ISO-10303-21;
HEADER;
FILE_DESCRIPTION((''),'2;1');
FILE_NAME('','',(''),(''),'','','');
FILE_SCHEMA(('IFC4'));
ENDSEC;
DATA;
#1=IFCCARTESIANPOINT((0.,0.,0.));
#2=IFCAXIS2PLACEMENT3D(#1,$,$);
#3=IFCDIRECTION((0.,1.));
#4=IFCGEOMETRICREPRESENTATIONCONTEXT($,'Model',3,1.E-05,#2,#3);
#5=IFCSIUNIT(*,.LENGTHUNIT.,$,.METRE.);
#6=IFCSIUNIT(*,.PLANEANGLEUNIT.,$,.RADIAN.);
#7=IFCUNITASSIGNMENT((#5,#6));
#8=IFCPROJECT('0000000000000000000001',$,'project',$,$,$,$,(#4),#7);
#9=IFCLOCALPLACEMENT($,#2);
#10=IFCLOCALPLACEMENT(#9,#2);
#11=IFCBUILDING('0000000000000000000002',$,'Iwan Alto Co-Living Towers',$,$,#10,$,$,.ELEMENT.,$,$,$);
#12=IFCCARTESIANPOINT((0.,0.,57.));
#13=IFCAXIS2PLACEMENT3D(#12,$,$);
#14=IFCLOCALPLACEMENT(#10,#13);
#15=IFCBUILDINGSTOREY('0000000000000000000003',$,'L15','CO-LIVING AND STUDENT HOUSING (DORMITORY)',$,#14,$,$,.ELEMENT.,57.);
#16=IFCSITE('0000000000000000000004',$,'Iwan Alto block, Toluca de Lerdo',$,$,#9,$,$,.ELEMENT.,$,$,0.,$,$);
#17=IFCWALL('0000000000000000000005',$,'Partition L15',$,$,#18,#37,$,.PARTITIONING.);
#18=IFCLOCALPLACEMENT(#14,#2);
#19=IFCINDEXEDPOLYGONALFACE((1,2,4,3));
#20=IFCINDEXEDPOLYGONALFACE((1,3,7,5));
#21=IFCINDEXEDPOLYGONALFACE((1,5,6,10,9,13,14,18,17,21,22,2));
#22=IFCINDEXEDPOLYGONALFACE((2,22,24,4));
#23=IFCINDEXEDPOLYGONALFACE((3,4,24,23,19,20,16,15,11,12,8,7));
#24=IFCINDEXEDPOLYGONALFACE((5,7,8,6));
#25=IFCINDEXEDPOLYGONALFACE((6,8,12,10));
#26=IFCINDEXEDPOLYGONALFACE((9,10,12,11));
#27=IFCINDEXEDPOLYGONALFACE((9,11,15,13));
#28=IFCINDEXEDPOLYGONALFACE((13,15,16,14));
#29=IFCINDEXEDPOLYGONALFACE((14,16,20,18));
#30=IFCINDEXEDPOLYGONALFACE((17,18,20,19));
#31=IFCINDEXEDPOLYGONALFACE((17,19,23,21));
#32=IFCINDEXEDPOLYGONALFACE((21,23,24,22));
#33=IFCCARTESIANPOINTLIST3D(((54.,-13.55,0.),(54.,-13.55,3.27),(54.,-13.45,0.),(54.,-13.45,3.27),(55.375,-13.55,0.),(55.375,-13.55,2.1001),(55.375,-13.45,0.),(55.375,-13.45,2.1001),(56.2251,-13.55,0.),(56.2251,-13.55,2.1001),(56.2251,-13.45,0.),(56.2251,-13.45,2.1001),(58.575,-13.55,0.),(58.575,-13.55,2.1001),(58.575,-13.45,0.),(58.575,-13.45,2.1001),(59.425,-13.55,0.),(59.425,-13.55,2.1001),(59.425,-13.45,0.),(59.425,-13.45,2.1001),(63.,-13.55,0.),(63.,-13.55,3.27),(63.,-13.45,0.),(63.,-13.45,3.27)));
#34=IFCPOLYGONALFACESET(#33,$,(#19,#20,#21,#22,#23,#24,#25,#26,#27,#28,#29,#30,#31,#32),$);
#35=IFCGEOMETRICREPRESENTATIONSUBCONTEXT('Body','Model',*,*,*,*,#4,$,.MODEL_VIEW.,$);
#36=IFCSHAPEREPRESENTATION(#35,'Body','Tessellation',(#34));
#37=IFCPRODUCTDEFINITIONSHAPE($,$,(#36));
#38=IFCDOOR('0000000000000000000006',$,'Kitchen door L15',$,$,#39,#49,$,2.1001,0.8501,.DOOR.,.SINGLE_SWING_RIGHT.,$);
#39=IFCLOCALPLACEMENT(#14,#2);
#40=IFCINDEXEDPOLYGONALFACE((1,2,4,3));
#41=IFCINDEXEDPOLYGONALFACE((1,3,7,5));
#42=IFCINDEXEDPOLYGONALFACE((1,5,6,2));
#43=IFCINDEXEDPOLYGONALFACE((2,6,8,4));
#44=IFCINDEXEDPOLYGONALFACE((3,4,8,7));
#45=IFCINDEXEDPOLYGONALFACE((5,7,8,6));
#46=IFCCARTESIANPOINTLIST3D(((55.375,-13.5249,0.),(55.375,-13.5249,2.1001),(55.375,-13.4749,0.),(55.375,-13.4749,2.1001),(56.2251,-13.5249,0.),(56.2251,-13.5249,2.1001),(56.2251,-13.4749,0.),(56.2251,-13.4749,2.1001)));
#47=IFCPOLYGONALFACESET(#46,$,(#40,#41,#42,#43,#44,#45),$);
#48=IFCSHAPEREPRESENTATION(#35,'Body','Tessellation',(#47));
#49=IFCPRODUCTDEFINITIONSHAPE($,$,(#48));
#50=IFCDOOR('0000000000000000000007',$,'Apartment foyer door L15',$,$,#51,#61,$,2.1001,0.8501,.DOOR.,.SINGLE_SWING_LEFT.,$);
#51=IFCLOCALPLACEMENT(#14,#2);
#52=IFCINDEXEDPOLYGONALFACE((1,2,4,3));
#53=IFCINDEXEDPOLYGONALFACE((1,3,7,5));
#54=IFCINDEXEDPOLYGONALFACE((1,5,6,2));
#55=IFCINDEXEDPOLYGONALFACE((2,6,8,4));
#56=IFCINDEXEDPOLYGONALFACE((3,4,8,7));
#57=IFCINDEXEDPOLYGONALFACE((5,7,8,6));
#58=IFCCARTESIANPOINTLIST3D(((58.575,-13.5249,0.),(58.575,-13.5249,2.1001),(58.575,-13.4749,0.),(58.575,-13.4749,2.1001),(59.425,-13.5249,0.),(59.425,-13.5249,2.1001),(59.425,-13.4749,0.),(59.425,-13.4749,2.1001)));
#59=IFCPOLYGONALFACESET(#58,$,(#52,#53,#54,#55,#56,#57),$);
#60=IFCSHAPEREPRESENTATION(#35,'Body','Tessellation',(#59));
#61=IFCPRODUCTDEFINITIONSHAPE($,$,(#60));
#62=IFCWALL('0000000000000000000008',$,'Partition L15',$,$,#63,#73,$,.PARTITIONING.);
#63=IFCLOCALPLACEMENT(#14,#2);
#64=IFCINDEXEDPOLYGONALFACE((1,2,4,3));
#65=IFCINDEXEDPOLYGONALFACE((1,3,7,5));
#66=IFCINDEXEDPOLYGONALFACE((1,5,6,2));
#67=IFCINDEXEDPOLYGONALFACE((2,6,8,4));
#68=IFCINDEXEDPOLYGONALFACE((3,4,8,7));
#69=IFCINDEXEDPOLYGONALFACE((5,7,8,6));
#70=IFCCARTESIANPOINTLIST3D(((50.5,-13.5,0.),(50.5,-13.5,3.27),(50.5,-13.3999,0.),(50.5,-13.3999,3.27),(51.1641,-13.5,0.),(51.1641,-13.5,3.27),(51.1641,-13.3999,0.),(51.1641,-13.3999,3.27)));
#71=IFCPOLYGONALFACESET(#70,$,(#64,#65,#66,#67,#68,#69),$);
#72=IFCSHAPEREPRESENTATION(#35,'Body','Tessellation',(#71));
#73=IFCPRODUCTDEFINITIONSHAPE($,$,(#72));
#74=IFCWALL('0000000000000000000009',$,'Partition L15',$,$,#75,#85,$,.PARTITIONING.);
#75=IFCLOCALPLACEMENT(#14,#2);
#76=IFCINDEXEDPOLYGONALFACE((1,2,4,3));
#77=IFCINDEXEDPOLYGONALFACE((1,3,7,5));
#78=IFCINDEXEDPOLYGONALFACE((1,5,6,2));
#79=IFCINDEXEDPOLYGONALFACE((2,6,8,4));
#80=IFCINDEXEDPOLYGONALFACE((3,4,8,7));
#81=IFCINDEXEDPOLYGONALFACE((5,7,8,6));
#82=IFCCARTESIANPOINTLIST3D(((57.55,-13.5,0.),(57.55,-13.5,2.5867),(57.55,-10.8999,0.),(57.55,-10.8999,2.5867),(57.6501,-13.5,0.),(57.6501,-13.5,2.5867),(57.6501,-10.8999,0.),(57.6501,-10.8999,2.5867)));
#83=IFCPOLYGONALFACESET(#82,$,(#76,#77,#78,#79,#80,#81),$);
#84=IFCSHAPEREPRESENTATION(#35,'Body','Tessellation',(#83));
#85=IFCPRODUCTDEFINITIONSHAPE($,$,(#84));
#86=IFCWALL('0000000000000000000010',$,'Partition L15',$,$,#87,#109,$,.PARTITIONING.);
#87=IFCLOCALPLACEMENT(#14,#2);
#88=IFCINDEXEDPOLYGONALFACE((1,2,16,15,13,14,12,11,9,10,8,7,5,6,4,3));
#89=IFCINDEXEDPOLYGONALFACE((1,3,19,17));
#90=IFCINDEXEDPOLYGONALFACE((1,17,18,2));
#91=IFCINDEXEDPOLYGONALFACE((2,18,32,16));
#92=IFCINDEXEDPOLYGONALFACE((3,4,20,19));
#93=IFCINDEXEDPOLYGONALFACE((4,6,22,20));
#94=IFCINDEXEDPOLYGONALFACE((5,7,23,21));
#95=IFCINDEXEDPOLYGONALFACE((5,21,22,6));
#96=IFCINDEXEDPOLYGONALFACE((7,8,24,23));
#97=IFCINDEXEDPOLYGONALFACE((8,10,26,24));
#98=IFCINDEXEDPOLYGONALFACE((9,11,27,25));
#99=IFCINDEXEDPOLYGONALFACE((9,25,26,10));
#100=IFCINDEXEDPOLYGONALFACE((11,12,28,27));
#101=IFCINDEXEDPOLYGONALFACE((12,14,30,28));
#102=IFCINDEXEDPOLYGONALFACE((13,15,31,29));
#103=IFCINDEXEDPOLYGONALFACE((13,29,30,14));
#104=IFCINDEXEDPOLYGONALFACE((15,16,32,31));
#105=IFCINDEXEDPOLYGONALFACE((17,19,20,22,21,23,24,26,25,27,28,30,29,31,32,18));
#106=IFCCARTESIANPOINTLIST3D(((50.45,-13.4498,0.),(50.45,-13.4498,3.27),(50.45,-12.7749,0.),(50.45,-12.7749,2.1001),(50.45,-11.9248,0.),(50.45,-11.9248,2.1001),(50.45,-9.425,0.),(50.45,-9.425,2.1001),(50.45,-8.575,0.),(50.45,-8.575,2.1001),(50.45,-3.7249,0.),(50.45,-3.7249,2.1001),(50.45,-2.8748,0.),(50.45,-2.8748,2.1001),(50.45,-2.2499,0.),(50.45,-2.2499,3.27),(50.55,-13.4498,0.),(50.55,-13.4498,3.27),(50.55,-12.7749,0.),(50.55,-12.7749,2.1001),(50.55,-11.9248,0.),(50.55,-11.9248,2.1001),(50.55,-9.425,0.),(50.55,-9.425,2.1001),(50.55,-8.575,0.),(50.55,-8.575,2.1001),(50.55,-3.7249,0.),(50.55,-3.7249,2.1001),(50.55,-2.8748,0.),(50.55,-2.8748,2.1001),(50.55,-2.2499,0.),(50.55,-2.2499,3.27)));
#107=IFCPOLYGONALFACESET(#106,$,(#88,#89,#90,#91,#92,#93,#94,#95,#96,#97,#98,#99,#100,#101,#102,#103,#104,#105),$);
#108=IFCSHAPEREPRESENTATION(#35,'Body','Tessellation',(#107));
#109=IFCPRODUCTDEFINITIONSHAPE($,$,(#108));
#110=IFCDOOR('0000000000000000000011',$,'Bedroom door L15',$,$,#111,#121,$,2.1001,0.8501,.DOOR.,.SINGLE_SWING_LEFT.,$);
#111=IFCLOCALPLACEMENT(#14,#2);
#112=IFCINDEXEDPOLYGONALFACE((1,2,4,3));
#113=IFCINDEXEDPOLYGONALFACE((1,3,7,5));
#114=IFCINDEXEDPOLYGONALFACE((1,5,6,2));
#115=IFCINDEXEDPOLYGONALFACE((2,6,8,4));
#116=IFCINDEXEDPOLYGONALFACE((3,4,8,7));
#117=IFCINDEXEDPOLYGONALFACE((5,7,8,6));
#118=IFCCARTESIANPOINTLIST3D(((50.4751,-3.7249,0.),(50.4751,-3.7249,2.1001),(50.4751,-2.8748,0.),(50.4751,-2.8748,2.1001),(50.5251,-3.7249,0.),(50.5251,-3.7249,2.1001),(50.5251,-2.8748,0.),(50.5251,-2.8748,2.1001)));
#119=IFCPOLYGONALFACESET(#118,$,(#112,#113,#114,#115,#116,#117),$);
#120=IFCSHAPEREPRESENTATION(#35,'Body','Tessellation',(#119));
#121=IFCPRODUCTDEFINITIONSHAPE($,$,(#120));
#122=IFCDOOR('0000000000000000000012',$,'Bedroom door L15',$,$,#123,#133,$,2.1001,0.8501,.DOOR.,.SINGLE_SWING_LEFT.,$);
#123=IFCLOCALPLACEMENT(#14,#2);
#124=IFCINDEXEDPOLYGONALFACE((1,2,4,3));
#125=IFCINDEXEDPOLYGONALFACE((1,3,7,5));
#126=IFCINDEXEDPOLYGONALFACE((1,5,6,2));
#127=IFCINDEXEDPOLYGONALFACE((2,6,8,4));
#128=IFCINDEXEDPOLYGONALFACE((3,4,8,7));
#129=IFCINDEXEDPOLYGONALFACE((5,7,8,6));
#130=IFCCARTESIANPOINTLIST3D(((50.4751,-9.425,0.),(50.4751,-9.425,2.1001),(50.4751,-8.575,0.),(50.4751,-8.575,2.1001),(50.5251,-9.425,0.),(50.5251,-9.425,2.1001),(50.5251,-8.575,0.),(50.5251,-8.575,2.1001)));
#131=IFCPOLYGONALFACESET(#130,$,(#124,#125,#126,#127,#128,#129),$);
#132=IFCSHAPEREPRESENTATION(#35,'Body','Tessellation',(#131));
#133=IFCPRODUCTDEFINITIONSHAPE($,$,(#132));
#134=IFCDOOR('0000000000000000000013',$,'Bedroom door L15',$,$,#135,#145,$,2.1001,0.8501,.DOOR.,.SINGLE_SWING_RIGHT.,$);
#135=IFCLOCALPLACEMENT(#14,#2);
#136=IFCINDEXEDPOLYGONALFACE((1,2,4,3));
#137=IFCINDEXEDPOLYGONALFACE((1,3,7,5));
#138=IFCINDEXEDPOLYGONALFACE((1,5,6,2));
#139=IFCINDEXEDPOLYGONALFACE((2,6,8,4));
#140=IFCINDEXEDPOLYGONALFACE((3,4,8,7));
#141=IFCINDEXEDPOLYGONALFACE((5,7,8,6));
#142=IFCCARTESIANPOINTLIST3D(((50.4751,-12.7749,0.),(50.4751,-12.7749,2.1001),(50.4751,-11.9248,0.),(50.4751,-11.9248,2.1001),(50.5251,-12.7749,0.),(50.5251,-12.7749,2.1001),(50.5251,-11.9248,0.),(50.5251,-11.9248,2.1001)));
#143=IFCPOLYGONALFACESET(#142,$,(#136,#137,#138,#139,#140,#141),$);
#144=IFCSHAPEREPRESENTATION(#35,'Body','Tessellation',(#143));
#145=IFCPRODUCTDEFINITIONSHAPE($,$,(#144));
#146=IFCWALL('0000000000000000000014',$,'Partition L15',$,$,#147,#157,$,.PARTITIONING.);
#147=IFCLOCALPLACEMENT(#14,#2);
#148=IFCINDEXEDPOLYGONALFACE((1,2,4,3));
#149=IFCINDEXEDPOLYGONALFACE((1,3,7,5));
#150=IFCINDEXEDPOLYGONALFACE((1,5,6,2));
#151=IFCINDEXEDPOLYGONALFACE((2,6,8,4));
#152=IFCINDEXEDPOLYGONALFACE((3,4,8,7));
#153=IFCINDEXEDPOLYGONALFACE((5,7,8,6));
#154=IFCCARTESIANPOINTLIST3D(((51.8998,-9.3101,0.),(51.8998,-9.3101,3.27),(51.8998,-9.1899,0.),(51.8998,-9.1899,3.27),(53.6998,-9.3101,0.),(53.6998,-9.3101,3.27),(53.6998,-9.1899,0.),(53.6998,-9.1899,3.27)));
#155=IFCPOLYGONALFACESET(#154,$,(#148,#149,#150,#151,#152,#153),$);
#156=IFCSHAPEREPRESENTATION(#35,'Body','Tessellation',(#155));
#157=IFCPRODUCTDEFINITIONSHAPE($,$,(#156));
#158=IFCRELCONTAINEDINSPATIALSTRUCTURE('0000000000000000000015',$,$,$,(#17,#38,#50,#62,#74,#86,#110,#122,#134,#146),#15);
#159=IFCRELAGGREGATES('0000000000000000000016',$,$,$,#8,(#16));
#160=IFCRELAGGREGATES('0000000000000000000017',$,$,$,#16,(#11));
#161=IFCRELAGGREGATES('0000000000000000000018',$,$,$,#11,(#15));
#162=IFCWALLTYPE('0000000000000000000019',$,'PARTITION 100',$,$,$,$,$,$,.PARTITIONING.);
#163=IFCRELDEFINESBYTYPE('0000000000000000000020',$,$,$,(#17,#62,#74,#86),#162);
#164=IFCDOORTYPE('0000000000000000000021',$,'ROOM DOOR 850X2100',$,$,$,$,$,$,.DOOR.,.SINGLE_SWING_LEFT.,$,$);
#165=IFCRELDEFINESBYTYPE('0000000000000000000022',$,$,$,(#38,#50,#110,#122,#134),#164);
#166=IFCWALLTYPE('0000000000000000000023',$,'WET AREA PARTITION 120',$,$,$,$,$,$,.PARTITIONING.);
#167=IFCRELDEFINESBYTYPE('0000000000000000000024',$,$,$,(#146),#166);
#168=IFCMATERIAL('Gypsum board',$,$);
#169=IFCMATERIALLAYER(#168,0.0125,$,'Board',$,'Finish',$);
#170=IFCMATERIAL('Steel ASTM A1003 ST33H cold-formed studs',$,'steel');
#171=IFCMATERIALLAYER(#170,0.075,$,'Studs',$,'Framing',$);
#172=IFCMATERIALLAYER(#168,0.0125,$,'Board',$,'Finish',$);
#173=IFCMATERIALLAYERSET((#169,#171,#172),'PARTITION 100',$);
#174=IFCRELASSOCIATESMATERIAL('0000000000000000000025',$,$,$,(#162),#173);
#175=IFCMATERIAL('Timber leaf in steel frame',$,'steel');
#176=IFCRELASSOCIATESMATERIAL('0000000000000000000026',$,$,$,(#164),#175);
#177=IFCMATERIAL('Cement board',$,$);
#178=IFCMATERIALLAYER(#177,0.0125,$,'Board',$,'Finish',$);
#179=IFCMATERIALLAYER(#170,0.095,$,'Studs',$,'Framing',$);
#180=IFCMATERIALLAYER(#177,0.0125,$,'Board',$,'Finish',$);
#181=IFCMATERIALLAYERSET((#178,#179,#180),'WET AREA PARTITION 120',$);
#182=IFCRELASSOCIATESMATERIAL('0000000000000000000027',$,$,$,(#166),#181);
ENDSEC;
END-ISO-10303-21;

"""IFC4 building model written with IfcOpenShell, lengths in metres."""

from ifc_helpers import new_model, si_unit, direction, frame, frame_2d, origin, place, context, subcontext, project, spatial, rectangle, extrude, material, layer, layer_set, type_object, element, fill, save


model = new_model("IFC4")

# Units and contexts
model_context = context("Model", 3, precision=1e-05, world=origin(), true_north=direction((0.0, 1.0)))
body_context = subcontext(model_context, "Body", "Model", "MODEL_VIEW")
ifc_project = project(units=[si_unit("LENGTHUNIT", "METRE"), si_unit("PLANEANGLEUNIT", "RADIAN")], contexts=[model_context])

# Site, building, storey
site_placement = place(None, origin())
site = spatial("IfcSite", under=ifc_project, at=site_placement, Name="Iwan Alto block, Toluca de Lerdo", CompositionType="ELEMENT", RefElevation=0.0)
building_placement = place(site_placement, origin())
building = spatial("IfcBuilding", under=site, at=building_placement, Name="Iwan Alto Co-Living Towers", CompositionType="ELEMENT")
storey_placement = place(building_placement, frame((0.0, 0.0, 57.0)))
storey = spatial("IfcBuildingStorey", under=building, at=storey_placement, Name="L15", Description="CO-LIVING AND STUDENT HOUSING (DORMITORY)", CompositionType="ELEMENT", Elevation=57.0)

# Wall, openings, doors
ifc_material_1 = material(Name="Gypsum board")
ifc_material_2 = material(Name="Steel ASTM A1003 ST33H cold-formed studs", Category="steel")
ifc_layer_1 = layer(ifc_material_1, 0.0125, Name="Board", Category="Finish")
ifc_layer_2 = layer(ifc_material_2, 0.075, Name="Studs", Category="Framing")
ifc_layer_3 = layer(ifc_material_1, 0.0125, Name="Board", Category="Finish")
ifc_layer_set_1 = layer_set([ifc_layer_1, ifc_layer_2, ifc_layer_3], Name="PARTITION 100")
wall_type_1 = type_object("IfcWallType", Name="PARTITION 100", PredefinedType="PARTITIONING", material=ifc_layer_set_1)
wall_1_placement = place(storey_placement, frame((54.0, -13.5, 0.0), z_axis=(0.0, 0.0, 1.0), x_axis=(1.0, 0.0, 0.0)))
wall_1 = element("IfcWall", 1, at=wall_1_placement, inside=storey, type_object=wall_type_1, Name="Partition L15", PredefinedType="PARTITIONING", context=body_context, shape_type="SweptSolid", body=[
    extrude(rectangle(XDim=9.0, YDim=0.1001, at=frame_2d((4.5, 0.0))), origin(), (0.0, 0.0, 1.0), 3.27),
])
opening_1_placement = place(wall_1_placement, frame((1.375, 0.0, 0.0)))
opening_1 = element("IfcOpeningElement", 2, at=opening_1_placement, cuts=wall_1, PredefinedType="OPENING", context=body_context, shape_type="SweptSolid", body=[
    extrude(rectangle(XDim=0.8501, YDim=2.1001, at=frame_2d((0.425, 1.05))), frame((0.0, 0.0601, 0.0), z_axis=(0.0, -1.0, 0.0), x_axis=(1.0, 0.0, 0.0)), (0.0, 0.0, 1.0), 0.1201),
])
opening_2_placement = place(wall_1_placement, frame((4.575, 0.0, 0.0)))
opening_2 = element("IfcOpeningElement", 3, at=opening_2_placement, cuts=wall_1, PredefinedType="OPENING", context=body_context, shape_type="SweptSolid", body=[
    extrude(rectangle(XDim=0.8501, YDim=2.1001, at=frame_2d((0.425, 1.05))), frame((0.0, 0.0601, 0.0), z_axis=(0.0, -1.0, 0.0), x_axis=(1.0, 0.0, 0.0)), (0.0, 0.0, 1.0), 0.1201),
])
ifc_material_3 = material(Name="Timber leaf in steel frame", Category="steel")
door_type_1 = type_object("IfcDoorType", Name="ROOM DOOR 850X2100", OperationType="SINGLE_SWING_LEFT", PredefinedType="DOOR", material=ifc_material_3)
door_1_placement = place(opening_1_placement, frame((0.8501, 0.0, 0.0), z_axis=(0.0, 0.0, 1.0), x_axis=(-1.0, 0.0, 0.0)))
door_1 = element("IfcDoor", 4, at=door_1_placement, inside=storey, type_object=door_type_1, Name="Kitchen door L15", OperationType="SINGLE_SWING_RIGHT", OverallHeight=2.1001, OverallWidth=0.8501, PredefinedType="DOOR", context=body_context, shape_type="SweptSolid", body=[
    extrude(rectangle(XDim=0.8501, YDim=2.1001, at=frame_2d((0.425, 1.05))), frame((0.0, 0.0249, 0.0), z_axis=(0.0, -1.0, 0.0), x_axis=(1.0, 0.0, 0.0)), (0.0, 0.0, 1.0), 0.05),
])
fill(opening_1, door_1)
door_2_placement = place(opening_2_placement, frame((0.8501, 0.0, 0.0), z_axis=(0.0, 0.0, 1.0), x_axis=(-1.0, 0.0, 0.0)))
door_2 = element("IfcDoor", 5, at=door_2_placement, inside=storey, type_object=door_type_1, Name="Apartment foyer door L15", OperationType="SINGLE_SWING_LEFT", OverallHeight=2.1001, OverallWidth=0.8501, PredefinedType="DOOR", context=body_context, shape_type="SweptSolid", body=[
    extrude(rectangle(XDim=0.8501, YDim=2.1001, at=frame_2d((0.425, 1.05))), frame((0.0, 0.0249, 0.0), z_axis=(0.0, -1.0, 0.0), x_axis=(1.0, 0.0, 0.0)), (0.0, 0.0, 1.0), 0.05),
])
fill(opening_2, door_2)

# Walls
wall_2_placement = place(storey_placement, frame((50.5, -13.45, 0.0), z_axis=(0.0, 0.0, 1.0), x_axis=(1.0, 0.0, 0.0)))
element("IfcWall", 6, at=wall_2_placement, inside=storey, type_object=wall_type_1, Name="Partition L15", PredefinedType="PARTITIONING", context=body_context, shape_type="SweptSolid", body=[
    extrude(rectangle(XDim=0.6641, YDim=0.1001, at=frame_2d((0.332, 0.0))), origin(), (0.0, 0.0, 1.0), 3.27),
])
wall_3_placement = place(storey_placement, frame((57.6001, -13.5, 0.0), z_axis=(0.0, 0.0, 1.0), x_axis=(0.0, 1.0, 0.0)))
element("IfcWall", 7, at=wall_3_placement, inside=storey, type_object=wall_type_1, Name="Partition L15", PredefinedType="PARTITIONING", context=body_context, shape_type="SweptSolid", body=[
    extrude(rectangle(XDim=2.6001, YDim=0.1001, at=frame_2d((1.3, 0.0))), origin(), (0.0, 0.0, 1.0), 2.5867),
])

# Wall, openings, doors
wall_4_placement = place(storey_placement, frame((50.5, -13.45, 0.0), z_axis=(0.0, 0.0, 1.0), x_axis=(0.0, 1.0, 0.0)))
wall_4 = element("IfcWall", 8, at=wall_4_placement, inside=storey, type_object=wall_type_1, Name="Partition L15", PredefinedType="PARTITIONING", context=body_context, shape_type="SweptSolid", body=[
    extrude(rectangle(XDim=11.2, YDim=0.1001, at=frame_2d((5.6001, 0.0))), origin(), (0.0, 0.0, 1.0), 3.27),
])
opening_3_placement = place(wall_4_placement, frame((9.7251, 0.0, 0.0)))
opening_3 = element("IfcOpeningElement", 9, at=opening_3_placement, cuts=wall_4, PredefinedType="OPENING", context=body_context, shape_type="SweptSolid", body=[
    extrude(rectangle(XDim=0.8501, YDim=2.1001, at=frame_2d((0.425, 1.05))), frame((0.0, 0.0601, 0.0), z_axis=(0.0, -1.0, 0.0), x_axis=(1.0, 0.0, 0.0)), (0.0, 0.0, 1.0), 0.1201),
])
opening_4_placement = place(wall_4_placement, frame((4.0249, 0.0, 0.0)))
opening_4 = element("IfcOpeningElement", 10, at=opening_4_placement, cuts=wall_4, PredefinedType="OPENING", context=body_context, shape_type="SweptSolid", body=[
    extrude(rectangle(XDim=0.8501, YDim=2.1001, at=frame_2d((0.425, 1.05))), frame((0.0, 0.0601, 0.0), z_axis=(0.0, -1.0, 0.0), x_axis=(1.0, 0.0, 0.0)), (0.0, 0.0, 1.0), 0.1201),
])
opening_5_placement = place(wall_4_placement, frame((0.675, 0.0, 0.0)))
opening_5 = element("IfcOpeningElement", 11, at=opening_5_placement, cuts=wall_4, PredefinedType="OPENING", context=body_context, shape_type="SweptSolid", body=[
    extrude(rectangle(XDim=0.8501, YDim=2.1001, at=frame_2d((0.425, 1.05))), frame((0.0, 0.0601, 0.0), z_axis=(0.0, -1.0, 0.0), x_axis=(1.0, 0.0, 0.0)), (0.0, 0.0, 1.0), 0.1201),
])
door_3_placement = place(opening_3_placement, origin())
door_3 = element("IfcDoor", 12, at=door_3_placement, inside=storey, type_object=door_type_1, Name="Bedroom door L15", OperationType="SINGLE_SWING_LEFT", OverallHeight=2.1001, OverallWidth=0.8501, PredefinedType="DOOR", context=body_context, shape_type="SweptSolid", body=[
    extrude(rectangle(XDim=0.8501, YDim=2.1001, at=frame_2d((0.425, 1.05))), frame((0.0, 0.0249, 0.0), z_axis=(0.0, -1.0, 0.0), x_axis=(1.0, 0.0, 0.0)), (0.0, 0.0, 1.0), 0.05),
])
fill(opening_3, door_3)
door_4_placement = place(opening_4_placement, origin())
door_4 = element("IfcDoor", 13, at=door_4_placement, inside=storey, type_object=door_type_1, Name="Bedroom door L15", OperationType="SINGLE_SWING_LEFT", OverallHeight=2.1001, OverallWidth=0.8501, PredefinedType="DOOR", context=body_context, shape_type="SweptSolid", body=[
    extrude(rectangle(XDim=0.8501, YDim=2.1001, at=frame_2d((0.425, 1.05))), frame((0.0, 0.0249, 0.0), z_axis=(0.0, -1.0, 0.0), x_axis=(1.0, 0.0, 0.0)), (0.0, 0.0, 1.0), 0.05),
])
fill(opening_4, door_4)
door_5_placement = place(opening_5_placement, origin())
door_5 = element("IfcDoor", 14, at=door_5_placement, inside=storey, type_object=door_type_1, Name="Bedroom door L15", OperationType="SINGLE_SWING_RIGHT", OverallHeight=2.1001, OverallWidth=0.8501, PredefinedType="DOOR", context=body_context, shape_type="SweptSolid", body=[
    extrude(rectangle(XDim=0.8501, YDim=2.1001, at=frame_2d((0.425, 1.05))), frame((0.0, 0.0249, 0.0), z_axis=(0.0, -1.0, 0.0), x_axis=(1.0, 0.0, 0.0)), (0.0, 0.0, 1.0), 0.05),
])
fill(opening_5, door_5)

# Wall
ifc_material_4 = material(Name="Cement board")
ifc_layer_4 = layer(ifc_material_4, 0.0125, Name="Board", Category="Finish")
ifc_layer_5 = layer(ifc_material_2, 0.095, Name="Studs", Category="Framing")
ifc_layer_6 = layer(ifc_material_4, 0.0125, Name="Board", Category="Finish")
ifc_layer_set_2 = layer_set([ifc_layer_4, ifc_layer_5, ifc_layer_6], Name="WET AREA PARTITION 120")
wall_type_2 = type_object("IfcWallType", Name="WET AREA PARTITION 120", PredefinedType="PARTITIONING", material=ifc_layer_set_2)
wall_5_placement = place(storey_placement, frame((51.8999, -9.25, 0.0), z_axis=(0.0, 0.0, 1.0), x_axis=(1.0, 0.0, 0.0)))
element("IfcWall", 15, at=wall_5_placement, inside=storey, type_object=wall_type_2, Name="Partition L15", PredefinedType="PARTITIONING", context=body_context, shape_type="SweptSolid", body=[
    extrude(rectangle(XDim=1.8, YDim=0.1201, at=frame_2d((0.8999, 0.0))), origin(), (0.0, 0.0, 1.0), 3.27),
])

save(model, "model.ifc")
